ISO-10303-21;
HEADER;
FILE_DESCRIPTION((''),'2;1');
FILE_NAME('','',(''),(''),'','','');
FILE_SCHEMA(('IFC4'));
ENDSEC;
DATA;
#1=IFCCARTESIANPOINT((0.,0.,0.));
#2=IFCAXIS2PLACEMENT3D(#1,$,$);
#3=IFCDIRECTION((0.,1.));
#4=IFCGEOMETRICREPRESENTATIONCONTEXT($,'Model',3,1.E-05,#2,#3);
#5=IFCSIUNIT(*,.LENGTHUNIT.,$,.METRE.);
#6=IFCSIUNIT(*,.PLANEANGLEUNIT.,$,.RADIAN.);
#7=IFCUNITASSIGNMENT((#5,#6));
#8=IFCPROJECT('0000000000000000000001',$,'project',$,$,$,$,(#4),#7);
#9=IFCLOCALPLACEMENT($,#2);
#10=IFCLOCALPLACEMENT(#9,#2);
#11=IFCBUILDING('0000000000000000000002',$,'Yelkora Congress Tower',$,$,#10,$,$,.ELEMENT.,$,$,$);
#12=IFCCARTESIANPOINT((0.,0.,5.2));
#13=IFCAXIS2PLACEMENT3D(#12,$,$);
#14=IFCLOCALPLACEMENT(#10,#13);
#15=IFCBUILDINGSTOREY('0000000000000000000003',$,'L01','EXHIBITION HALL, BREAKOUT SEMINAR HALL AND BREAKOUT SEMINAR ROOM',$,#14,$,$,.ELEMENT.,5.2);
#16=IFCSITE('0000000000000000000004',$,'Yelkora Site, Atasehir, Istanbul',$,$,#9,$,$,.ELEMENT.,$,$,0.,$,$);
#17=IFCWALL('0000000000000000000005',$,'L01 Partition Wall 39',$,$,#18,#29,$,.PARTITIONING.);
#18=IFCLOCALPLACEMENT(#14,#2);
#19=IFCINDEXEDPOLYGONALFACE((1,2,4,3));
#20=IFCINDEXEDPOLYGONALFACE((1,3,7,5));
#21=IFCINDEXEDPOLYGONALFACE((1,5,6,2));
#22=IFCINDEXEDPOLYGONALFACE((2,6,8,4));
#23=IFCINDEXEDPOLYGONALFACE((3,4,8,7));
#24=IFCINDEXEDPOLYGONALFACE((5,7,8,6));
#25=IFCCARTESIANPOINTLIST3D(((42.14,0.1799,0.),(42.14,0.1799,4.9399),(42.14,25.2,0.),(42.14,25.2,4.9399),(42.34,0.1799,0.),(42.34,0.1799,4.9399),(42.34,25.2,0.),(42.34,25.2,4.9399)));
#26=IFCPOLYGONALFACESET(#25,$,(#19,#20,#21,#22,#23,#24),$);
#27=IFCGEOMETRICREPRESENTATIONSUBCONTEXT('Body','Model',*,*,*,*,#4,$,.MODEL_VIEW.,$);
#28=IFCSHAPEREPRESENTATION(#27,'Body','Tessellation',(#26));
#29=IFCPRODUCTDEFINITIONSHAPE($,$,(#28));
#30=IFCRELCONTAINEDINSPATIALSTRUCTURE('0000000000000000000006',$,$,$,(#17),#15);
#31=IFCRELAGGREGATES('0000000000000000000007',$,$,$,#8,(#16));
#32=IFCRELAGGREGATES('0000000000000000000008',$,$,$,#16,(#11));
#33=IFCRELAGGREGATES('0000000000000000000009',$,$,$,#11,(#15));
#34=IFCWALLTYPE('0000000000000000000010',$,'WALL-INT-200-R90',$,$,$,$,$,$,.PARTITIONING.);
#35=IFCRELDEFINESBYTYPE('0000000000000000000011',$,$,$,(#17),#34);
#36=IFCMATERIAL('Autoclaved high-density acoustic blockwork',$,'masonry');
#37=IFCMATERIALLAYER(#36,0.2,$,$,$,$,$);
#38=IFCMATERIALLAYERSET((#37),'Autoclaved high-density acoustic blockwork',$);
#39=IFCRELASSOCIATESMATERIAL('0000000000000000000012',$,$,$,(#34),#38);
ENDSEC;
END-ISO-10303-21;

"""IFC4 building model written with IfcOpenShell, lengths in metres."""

from ifc_helpers import new_model, si_unit, direction, frame, frame_2d, origin, place, context, subcontext, project, spatial, rectangle, extrude, material, layer, layer_set, type_object, element, save


model = new_model("IFC4")

# Units and contexts
model_context = context("Model", 3, precision=1e-05, world=origin(), true_north=direction((0.0, 1.0)))
body_context = subcontext(model_context, "Body", "Model", "MODEL_VIEW")
ifc_project = project(units=[si_unit("LENGTHUNIT", "METRE"), si_unit("PLANEANGLEUNIT", "RADIAN")], contexts=[model_context])

# Site, building, storey
site_placement = place(None, origin())
site = spatial("IfcSite", under=ifc_project, at=site_placement, Name="Yelkora Site, Atasehir, Istanbul", CompositionType="ELEMENT", RefElevation=0.0)
building_placement = place(site_placement, origin())
building = spatial("IfcBuilding", under=site, at=building_placement, Name="Yelkora Congress Tower", CompositionType="ELEMENT")
storey_placement = place(building_placement, frame((0.0, 0.0, 5.2)))
storey = spatial("IfcBuildingStorey", under=building, at=storey_placement, Name="L01", Description="EXHIBITION HALL, BREAKOUT SEMINAR HALL AND BREAKOUT SEMINAR ROOM", CompositionType="ELEMENT", Elevation=5.2)

# Wall
ifc_material_1 = material(Name="Autoclaved high-density acoustic blockwork", Category="masonry")
ifc_layer_1 = layer(ifc_material_1, 0.2)
ifc_layer_set_1 = layer_set([ifc_layer_1], Name="Autoclaved high-density acoustic blockwork")
wall_type = type_object("IfcWallType", Name="WALL-INT-200-R90", PredefinedType="PARTITIONING", material=ifc_layer_set_1)
wall_placement = place(storey_placement, frame((42.24, 0.1799, 0.0), z_axis=(0.0, 0.0, 1.0), x_axis=(0.0, 1.0, 0.0)))
element("IfcWall", 1, at=wall_placement, inside=storey, type_object=wall_type, Name="L01 Partition Wall 39", PredefinedType="PARTITIONING", context=body_context, shape_type="SweptSolid", body=[
    extrude(rectangle(XDim=25.02, YDim=0.2, at=frame_2d((12.51, 0.0))), origin(), (0.0, 0.0, 1.0), 4.9399),
])

save(model, "model.ifc")
